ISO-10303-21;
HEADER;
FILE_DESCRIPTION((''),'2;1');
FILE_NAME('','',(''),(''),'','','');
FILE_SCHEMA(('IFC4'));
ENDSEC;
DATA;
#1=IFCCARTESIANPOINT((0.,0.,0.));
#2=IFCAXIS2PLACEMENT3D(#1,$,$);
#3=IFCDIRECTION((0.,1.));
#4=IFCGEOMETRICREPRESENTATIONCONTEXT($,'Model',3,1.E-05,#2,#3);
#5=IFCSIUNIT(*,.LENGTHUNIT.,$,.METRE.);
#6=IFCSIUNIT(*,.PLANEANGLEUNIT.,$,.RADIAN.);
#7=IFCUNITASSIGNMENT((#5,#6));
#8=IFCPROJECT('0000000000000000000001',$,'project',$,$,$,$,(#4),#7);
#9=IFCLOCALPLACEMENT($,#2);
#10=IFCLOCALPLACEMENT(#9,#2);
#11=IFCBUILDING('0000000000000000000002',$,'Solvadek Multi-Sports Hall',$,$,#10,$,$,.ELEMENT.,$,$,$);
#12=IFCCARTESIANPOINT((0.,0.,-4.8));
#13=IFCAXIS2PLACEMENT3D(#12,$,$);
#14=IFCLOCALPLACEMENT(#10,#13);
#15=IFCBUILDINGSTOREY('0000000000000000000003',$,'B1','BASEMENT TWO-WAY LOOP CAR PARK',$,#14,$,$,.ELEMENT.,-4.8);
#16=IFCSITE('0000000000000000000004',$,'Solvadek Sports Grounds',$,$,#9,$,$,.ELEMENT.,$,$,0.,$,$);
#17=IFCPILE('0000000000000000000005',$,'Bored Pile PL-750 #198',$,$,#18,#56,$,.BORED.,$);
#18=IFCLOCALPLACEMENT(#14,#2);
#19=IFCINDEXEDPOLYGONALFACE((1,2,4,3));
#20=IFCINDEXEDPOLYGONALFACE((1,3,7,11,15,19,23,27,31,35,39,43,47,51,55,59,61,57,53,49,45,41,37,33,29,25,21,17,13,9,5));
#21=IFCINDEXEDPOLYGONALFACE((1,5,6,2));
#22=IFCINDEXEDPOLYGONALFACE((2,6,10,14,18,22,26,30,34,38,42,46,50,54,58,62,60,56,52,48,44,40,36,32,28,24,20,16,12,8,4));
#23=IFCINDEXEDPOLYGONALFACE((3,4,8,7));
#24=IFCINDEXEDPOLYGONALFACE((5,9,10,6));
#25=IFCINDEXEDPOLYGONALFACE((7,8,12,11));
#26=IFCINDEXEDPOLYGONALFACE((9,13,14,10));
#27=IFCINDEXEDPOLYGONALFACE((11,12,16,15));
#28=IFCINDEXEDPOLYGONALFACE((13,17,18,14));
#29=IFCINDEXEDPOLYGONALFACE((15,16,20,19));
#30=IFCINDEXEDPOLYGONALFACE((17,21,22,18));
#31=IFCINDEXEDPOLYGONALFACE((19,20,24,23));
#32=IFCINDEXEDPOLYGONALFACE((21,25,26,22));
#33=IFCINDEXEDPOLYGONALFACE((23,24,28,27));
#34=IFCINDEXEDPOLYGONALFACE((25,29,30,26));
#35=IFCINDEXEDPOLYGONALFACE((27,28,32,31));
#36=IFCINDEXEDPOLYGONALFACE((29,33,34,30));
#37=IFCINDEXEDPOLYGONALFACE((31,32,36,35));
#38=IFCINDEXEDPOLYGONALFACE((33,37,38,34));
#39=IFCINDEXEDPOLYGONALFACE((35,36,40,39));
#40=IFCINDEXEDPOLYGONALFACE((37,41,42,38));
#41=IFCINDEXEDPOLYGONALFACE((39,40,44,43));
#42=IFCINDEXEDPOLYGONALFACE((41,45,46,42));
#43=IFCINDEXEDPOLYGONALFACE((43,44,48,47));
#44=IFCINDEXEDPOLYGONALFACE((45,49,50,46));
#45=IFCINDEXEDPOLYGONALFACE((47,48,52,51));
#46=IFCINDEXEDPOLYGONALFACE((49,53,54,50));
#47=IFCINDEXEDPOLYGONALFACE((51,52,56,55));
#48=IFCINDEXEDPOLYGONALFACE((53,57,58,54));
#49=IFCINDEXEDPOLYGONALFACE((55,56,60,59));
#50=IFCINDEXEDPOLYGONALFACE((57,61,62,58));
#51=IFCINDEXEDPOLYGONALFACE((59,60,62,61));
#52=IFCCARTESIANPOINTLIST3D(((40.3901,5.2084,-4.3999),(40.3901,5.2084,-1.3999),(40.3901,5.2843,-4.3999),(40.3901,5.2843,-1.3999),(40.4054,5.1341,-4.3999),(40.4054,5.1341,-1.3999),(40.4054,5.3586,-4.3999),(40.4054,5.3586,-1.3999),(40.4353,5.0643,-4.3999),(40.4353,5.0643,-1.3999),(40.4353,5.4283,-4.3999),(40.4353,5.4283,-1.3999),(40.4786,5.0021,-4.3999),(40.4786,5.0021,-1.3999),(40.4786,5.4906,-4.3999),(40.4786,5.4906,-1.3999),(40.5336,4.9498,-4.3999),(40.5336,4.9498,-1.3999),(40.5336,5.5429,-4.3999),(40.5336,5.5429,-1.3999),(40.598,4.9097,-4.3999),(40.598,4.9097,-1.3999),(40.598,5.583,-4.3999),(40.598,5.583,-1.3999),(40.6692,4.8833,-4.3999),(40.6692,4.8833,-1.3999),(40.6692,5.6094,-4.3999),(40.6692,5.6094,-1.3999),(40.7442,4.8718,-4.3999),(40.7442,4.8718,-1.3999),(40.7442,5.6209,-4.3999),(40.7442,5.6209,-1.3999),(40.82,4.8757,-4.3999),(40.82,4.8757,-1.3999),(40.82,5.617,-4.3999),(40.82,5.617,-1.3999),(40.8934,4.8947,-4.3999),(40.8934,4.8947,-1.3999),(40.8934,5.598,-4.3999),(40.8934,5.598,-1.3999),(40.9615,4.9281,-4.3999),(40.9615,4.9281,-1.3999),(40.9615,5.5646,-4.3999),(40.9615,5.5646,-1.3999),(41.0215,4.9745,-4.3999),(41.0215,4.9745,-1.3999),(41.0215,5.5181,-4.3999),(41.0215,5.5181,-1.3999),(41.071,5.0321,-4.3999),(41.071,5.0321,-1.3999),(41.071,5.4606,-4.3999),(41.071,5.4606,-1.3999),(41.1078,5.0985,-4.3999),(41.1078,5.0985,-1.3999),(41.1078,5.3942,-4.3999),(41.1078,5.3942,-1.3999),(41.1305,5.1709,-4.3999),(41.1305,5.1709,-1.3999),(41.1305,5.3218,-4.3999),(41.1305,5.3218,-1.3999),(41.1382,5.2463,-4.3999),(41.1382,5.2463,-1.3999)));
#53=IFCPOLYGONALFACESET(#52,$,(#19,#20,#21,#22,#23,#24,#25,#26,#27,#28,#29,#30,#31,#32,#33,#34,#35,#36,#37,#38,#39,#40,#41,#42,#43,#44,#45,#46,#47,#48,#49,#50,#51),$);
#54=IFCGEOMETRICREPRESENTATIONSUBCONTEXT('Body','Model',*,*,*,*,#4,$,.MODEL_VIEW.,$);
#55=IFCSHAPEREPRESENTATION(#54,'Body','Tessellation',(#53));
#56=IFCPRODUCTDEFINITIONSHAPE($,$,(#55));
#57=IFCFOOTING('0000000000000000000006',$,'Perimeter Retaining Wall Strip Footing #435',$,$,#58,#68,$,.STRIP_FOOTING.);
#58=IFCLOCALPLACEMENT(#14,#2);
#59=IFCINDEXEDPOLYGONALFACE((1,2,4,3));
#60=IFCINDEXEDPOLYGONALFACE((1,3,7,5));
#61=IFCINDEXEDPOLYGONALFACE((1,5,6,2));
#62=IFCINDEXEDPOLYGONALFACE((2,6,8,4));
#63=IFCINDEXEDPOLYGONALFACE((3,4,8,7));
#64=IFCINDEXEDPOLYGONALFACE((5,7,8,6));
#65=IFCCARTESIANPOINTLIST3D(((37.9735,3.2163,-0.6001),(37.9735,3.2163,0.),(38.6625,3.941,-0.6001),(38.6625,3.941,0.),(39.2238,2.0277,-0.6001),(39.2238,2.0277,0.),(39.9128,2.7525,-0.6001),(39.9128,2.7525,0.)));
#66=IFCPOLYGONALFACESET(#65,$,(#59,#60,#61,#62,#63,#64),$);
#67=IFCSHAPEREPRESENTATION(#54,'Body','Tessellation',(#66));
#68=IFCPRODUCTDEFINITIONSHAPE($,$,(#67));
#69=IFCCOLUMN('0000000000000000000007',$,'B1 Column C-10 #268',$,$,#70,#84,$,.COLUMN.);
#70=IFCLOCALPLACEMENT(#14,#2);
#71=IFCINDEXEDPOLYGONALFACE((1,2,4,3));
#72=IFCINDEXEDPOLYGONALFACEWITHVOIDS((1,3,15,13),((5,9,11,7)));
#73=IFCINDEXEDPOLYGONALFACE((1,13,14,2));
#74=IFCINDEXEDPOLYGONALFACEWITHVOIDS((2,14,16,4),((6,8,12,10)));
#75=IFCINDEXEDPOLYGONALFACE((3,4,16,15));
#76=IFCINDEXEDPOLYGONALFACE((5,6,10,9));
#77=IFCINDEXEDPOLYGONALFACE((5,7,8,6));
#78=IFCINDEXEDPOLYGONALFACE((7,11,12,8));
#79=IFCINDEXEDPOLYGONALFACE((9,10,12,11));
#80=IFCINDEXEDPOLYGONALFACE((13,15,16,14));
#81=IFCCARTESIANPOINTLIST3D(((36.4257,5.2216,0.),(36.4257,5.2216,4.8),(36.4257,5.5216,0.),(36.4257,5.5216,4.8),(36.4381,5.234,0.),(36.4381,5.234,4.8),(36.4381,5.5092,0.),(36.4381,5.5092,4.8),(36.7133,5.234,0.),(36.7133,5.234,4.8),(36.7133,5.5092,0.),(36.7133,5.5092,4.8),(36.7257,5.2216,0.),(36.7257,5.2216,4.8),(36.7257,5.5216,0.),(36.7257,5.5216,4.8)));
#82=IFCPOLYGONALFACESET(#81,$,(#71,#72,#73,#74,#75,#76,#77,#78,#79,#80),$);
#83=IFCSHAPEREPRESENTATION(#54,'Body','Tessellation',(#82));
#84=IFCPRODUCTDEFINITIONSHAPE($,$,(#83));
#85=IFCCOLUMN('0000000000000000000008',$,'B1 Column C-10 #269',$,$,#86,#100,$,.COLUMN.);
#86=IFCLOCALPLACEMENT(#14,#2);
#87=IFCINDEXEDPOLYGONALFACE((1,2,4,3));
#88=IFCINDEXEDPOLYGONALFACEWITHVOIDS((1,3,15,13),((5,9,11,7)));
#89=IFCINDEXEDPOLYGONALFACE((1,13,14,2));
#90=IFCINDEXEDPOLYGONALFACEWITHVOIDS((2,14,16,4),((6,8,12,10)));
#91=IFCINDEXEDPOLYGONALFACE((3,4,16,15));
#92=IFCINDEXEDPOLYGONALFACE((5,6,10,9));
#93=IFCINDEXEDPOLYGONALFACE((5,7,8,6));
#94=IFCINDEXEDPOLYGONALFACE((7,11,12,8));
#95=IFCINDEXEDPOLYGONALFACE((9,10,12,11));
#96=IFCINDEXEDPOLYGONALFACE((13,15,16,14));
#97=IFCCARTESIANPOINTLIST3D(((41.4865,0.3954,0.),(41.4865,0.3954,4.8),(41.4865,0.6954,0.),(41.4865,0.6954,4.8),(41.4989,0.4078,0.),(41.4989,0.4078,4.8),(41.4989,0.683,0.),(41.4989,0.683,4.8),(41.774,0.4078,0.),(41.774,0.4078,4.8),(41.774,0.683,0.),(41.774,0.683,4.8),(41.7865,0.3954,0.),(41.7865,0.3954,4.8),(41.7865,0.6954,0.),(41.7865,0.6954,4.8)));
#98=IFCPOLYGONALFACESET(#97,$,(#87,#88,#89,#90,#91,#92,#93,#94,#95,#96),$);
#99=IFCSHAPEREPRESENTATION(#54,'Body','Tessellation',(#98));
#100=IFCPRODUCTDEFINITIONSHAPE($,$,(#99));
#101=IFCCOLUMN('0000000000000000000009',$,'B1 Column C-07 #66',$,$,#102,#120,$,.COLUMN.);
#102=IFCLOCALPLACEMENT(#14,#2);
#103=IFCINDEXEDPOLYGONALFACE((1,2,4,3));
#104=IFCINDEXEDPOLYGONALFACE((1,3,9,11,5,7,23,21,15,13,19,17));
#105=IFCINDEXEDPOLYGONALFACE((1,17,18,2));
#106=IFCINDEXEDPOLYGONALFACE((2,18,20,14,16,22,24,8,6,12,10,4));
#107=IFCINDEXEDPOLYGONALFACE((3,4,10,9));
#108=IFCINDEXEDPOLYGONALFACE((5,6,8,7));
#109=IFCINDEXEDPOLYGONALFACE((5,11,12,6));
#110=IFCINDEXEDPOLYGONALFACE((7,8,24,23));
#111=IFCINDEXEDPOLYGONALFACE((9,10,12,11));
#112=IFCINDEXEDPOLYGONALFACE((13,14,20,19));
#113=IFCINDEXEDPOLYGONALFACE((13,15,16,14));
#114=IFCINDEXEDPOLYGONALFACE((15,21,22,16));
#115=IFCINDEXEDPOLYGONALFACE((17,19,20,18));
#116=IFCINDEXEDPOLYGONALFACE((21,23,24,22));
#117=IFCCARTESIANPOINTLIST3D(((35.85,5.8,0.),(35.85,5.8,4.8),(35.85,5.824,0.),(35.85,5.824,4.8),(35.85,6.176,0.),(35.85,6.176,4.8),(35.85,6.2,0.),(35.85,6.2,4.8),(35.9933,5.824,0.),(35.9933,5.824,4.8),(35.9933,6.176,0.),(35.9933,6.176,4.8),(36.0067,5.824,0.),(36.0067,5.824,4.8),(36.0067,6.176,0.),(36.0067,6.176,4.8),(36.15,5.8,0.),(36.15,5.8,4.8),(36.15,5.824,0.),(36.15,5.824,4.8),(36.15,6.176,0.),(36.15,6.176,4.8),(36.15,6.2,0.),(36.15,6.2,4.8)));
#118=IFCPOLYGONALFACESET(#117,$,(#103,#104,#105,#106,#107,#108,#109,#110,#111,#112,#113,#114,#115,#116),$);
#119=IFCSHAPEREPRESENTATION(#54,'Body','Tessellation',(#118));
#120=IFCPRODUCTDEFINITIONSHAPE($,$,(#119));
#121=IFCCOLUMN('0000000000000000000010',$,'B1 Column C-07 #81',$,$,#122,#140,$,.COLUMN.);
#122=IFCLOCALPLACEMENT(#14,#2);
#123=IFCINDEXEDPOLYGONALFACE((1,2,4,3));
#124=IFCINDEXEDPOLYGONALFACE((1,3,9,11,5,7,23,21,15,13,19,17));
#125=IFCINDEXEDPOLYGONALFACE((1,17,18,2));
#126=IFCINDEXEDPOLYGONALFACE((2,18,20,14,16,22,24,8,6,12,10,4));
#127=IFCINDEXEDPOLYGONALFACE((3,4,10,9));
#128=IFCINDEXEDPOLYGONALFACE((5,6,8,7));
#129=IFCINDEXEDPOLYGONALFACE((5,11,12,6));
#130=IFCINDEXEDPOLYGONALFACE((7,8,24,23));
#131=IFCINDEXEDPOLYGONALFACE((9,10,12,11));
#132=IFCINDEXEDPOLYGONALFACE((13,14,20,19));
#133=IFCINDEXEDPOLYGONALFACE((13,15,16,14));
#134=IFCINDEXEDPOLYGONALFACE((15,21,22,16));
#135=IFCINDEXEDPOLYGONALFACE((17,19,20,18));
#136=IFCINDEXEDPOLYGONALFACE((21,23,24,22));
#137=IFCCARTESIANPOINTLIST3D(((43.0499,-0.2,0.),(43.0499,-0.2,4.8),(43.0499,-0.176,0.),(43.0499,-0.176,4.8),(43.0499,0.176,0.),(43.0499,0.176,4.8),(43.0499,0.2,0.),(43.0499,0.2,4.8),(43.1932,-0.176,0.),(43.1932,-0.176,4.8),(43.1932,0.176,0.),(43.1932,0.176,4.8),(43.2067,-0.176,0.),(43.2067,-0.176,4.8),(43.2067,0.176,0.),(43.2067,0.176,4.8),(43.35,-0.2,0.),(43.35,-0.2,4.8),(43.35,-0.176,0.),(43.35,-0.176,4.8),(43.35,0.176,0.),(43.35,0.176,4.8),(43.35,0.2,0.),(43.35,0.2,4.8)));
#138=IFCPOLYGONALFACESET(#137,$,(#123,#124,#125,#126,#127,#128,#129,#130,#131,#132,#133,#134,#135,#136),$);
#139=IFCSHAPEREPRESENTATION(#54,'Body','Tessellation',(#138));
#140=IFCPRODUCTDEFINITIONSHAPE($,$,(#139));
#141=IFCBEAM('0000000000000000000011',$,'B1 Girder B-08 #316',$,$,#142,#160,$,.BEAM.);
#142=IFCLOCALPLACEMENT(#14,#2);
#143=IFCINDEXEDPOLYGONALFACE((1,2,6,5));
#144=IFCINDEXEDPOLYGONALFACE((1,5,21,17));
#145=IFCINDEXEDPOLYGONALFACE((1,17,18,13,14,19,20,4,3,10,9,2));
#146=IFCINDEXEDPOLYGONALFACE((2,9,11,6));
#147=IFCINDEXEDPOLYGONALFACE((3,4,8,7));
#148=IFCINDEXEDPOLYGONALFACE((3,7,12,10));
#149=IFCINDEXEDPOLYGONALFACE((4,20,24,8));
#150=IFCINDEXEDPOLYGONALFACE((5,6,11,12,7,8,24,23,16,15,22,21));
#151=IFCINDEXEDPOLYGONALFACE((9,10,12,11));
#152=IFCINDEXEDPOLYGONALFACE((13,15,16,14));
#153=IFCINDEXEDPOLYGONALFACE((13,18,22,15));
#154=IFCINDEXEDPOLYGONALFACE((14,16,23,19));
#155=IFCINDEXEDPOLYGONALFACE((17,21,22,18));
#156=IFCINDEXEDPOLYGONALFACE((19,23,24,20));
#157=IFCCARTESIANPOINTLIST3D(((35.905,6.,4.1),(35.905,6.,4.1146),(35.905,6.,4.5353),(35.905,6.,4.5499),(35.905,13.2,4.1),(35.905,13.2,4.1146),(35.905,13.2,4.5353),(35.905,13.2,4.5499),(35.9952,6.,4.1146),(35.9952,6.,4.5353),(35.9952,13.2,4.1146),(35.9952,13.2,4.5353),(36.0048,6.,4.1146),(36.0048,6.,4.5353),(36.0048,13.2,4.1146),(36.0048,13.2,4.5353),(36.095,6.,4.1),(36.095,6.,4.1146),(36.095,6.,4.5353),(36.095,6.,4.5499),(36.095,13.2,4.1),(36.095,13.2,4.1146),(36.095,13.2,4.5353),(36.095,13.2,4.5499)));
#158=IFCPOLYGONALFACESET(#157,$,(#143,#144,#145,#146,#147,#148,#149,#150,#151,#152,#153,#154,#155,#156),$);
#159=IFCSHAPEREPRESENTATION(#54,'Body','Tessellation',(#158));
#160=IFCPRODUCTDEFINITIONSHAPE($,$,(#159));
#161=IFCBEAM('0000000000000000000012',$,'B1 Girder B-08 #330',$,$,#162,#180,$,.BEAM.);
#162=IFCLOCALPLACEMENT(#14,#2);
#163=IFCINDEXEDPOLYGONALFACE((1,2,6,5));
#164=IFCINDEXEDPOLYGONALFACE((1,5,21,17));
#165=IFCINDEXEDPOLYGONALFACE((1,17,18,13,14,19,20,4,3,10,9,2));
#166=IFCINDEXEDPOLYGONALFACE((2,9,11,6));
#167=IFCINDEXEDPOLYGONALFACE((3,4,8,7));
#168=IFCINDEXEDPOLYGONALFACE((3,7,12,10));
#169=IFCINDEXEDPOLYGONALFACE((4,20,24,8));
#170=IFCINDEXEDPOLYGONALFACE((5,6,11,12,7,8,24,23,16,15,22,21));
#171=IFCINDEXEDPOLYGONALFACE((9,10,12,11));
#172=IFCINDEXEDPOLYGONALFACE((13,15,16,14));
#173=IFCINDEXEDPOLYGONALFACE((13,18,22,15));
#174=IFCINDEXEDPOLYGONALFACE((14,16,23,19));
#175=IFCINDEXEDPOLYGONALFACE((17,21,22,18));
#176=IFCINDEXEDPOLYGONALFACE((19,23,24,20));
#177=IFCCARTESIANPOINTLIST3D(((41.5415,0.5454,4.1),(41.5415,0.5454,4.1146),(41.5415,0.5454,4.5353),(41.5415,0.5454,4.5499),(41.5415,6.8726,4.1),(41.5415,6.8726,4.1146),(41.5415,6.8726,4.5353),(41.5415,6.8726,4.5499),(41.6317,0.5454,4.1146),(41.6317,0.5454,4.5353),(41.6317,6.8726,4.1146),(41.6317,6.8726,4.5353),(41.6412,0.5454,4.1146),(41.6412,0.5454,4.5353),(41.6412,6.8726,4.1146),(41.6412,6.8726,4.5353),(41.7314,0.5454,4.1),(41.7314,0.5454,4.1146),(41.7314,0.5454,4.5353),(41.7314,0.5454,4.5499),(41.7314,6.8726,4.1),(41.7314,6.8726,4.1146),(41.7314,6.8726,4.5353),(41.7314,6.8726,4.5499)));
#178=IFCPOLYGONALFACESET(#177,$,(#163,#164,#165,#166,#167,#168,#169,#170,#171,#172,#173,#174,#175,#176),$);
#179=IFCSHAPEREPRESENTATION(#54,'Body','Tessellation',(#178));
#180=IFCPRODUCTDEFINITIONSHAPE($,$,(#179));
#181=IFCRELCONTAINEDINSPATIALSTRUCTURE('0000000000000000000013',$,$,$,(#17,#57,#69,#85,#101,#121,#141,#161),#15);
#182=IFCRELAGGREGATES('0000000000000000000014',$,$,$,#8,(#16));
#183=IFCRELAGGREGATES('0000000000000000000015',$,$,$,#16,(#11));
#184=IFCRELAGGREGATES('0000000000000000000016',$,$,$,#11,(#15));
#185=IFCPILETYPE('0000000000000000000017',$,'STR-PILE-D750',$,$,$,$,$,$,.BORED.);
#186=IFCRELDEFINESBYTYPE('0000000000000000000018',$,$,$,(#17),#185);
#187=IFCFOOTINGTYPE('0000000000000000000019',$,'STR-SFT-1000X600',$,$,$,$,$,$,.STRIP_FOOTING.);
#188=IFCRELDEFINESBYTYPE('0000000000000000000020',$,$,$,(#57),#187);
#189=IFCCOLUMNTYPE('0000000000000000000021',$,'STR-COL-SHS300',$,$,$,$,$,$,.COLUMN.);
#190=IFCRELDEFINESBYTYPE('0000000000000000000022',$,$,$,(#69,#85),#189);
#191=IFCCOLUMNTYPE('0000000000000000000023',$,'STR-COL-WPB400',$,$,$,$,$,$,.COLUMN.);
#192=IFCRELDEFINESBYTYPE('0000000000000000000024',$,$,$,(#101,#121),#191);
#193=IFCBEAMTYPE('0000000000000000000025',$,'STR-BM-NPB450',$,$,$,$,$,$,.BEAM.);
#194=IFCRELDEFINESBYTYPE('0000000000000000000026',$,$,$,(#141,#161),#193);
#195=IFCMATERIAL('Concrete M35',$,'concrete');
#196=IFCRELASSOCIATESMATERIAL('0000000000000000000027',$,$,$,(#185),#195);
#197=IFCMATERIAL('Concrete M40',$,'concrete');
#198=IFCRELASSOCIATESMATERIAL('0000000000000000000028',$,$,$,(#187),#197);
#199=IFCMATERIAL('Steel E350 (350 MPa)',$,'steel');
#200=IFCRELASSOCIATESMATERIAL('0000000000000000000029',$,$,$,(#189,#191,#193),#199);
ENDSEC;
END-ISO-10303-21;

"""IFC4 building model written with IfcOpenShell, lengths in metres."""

from ifc_helpers import new_model, si_unit, direction, frame, origin, origin_2d, place, context, subcontext, project, spatial, rectangle, hollow_rectangle, circle, i_section, extrude, material, material_profile, profile_set, type_object, element, save


model = new_model("IFC4")

# Units and contexts
model_context = context("Model", 3, precision=1e-05, world=origin(), true_north=direction((0.0, 1.0)))
body_context = subcontext(model_context, "Body", "Model", "MODEL_VIEW")
ifc_project = project(units=[si_unit("LENGTHUNIT", "METRE"), si_unit("PLANEANGLEUNIT", "RADIAN")], contexts=[model_context])

# Site, building, storey
site_placement = place(None, origin())
site = spatial("IfcSite", under=ifc_project, at=site_placement, Name="Solvadek Sports Grounds", CompositionType="ELEMENT", RefElevation=0.0)
building_placement = place(site_placement, origin())
building = spatial("IfcBuilding", under=site, at=building_placement, Name="Solvadek Multi-Sports Hall", CompositionType="ELEMENT")
storey_placement = place(building_placement, frame((0.0, 0.0, -4.8)))
storey = spatial("IfcBuildingStorey", under=building, at=storey_placement, Name="B1", Description="BASEMENT TWO-WAY LOOP CAR PARK", CompositionType="ELEMENT", Elevation=-4.8)

# Shared definitions
ifc_material_1 = material(Name="Concrete M40", Category="concrete")

# Pile
ifc_material_2 = material(Name="Concrete M35", Category="concrete")
ifc_material_profile_1 = material_profile(ifc_material_2, circle(Radius=0.375, at=origin_2d()), Name="BORED PILE D750")
ifc_profile_set_1 = profile_set([ifc_material_profile_1], Name="Concrete M35")
pile_type = type_object("IfcPileType", Name="STR-PILE-D750", PredefinedType="BORED", material=ifc_profile_set_1)
for number, where, z_axis, x_axis, name in (
    (1, (40.7632, 5.2463, -1.3999), (0.0, 0.0, -1.0), (1.0, 0.0, 0.0), "Bored Pile PL-750 #198"),
):
    element("IfcPile", number, at=place(storey_placement, frame(where, z_axis=z_axis, x_axis=x_axis)), inside=storey, type_object=pile_type, Name=name, PredefinedType="BORED", context=body_context, shape_type="SweptSolid", body=[
        extrude(circle(Radius=0.375, at=origin_2d()), origin(), (0.0, 0.0, 1.0), 3.0),
    ])

# Footing
footing_type_1 = type_object("IfcFootingType", Name="STR-SFT-1000X600", PredefinedType="STRIP_FOOTING", material=ifc_material_1)
footing_1_placement = place(storey_placement, frame((38.9431, 2.9844, -0.6001), z_axis=(0.0, 0.0, 1.0), x_axis=(0.724773, -0.688987, 0.0)))
element("IfcFooting", 2, at=footing_1_placement, inside=storey, type_object=footing_type_1, Name="Perimeter Retaining Wall Strip Footing #435", PredefinedType="STRIP_FOOTING", context=body_context, shape_type="SweptSolid", body=[
    extrude(rectangle(XDim=1.7251, YDim=1.0, at=origin_2d()), origin(), (0.0, 0.0, 1.0), 0.6001),
])

# Columns
ifc_material_3 = material(Name="Steel E350 (350 MPa)", Category="steel")
ifc_material_profile_2 = material_profile(ifc_material_3, hollow_rectangle(XDim=0.3, YDim=0.3, WallThickness=0.0125, at=origin_2d()), Name="SHS 300x300x12.5")
ifc_profile_set_2 = profile_set([ifc_material_profile_2], Name="Steel E350 (350 MPa)")
column_type_1 = type_object("IfcColumnType", Name="STR-COL-SHS300", PredefinedType="COLUMN", material=ifc_profile_set_2)
for number, where, z_axis, x_axis, name in (
    (3, (36.5757, 5.3716, 0.0), (0.0, 0.0, 1.0), (1.0, 0.0, 0.0), "B1 Column C-10 #268"),
    (4, (41.6365, 0.5454, 0.0), (0.0, 0.0, 1.0), (1.0, 0.0, 0.0), "B1 Column C-10 #269"),
):
    element("IfcColumn", number, at=place(storey_placement, frame(where, z_axis=z_axis, x_axis=x_axis)), inside=storey, type_object=column_type_1, Name=name, PredefinedType="COLUMN", context=body_context, shape_type="SweptSolid", body=[
        extrude(hollow_rectangle(XDim=0.3, YDim=0.3, WallThickness=0.0125, at=origin_2d()), origin(), (0.0, 0.0, 1.0), 4.8),
    ])
ifc_material_profile_3 = material_profile(ifc_material_3, i_section(OverallWidth=0.3, OverallDepth=0.3999, WebThickness=0.0134, FlangeThickness=0.0239, at=origin_2d()), Name="WPB 400")
ifc_profile_set_3 = profile_set([ifc_material_profile_3], Name="Steel E350 (350 MPa)")
column_type_2 = type_object("IfcColumnType", Name="STR-COL-WPB400", PredefinedType="COLUMN", material=ifc_profile_set_3)
for number, where, z_axis, x_axis, name in (
    (5, (36.0, 6.0, 0.0), (0.0, 0.0, 1.0), (1.0, 0.0, 0.0), "B1 Column C-07 #66"),
    (6, (43.2, 0.0, 0.0), (0.0, 0.0, 1.0), (1.0, 0.0, 0.0), "B1 Column C-07 #81"),
):
    element("IfcColumn", number, at=place(storey_placement, frame(where, z_axis=z_axis, x_axis=x_axis)), inside=storey, type_object=column_type_2, Name=name, PredefinedType="COLUMN", context=body_context, shape_type="SweptSolid", body=[
        extrude(i_section(OverallWidth=0.3, OverallDepth=0.3999, WebThickness=0.0134, FlangeThickness=0.0239, at=origin_2d()), origin(), (0.0, 0.0, 1.0), 4.8),
    ])

# Beams
ifc_material_profile_4 = material_profile(ifc_material_3, i_section(OverallWidth=0.1899, OverallDepth=0.45, WebThickness=0.0095, FlangeThickness=0.0146, at=origin_2d()), Name="NPB 450")
ifc_profile_set_4 = profile_set([ifc_material_profile_4], Name="Steel E350 (350 MPa)")
beam_type_1 = type_object("IfcBeamType", Name="STR-BM-NPB450", PredefinedType="BEAM", material=ifc_profile_set_4)
beam_1_placement = place(storey_placement, frame((36.0, 6.0, 4.325), z_axis=(0.0, 1.0, 0.0), x_axis=(-1.0, 0.0, 0.0)))
element("IfcBeam", 7, at=beam_1_placement, inside=storey, type_object=beam_type_1, Name="B1 Girder B-08 #316", PredefinedType="BEAM", context=body_context, shape_type="SweptSolid", body=[
    extrude(i_section(OverallWidth=0.1899, OverallDepth=0.45, WebThickness=0.0095, FlangeThickness=0.0146, at=origin_2d()), origin(), (0.0, 0.0, 1.0), 7.2),
])
beam_2_placement = place(storey_placement, frame((41.6365, 0.5454, 4.325), z_axis=(0.0, 1.0, 0.0), x_axis=(-1.0, 0.0, 0.0)))
element("IfcBeam", 8, at=beam_2_placement, inside=storey, type_object=beam_type_1, Name="B1 Girder B-08 #330", PredefinedType="BEAM", context=body_context, shape_type="SweptSolid", body=[
    extrude(i_section(OverallWidth=0.1899, OverallDepth=0.45, WebThickness=0.0095, FlangeThickness=0.0146, at=origin_2d()), origin(), (0.0, 0.0, 1.0), 6.3271),
])

save(model, "model.ifc")
